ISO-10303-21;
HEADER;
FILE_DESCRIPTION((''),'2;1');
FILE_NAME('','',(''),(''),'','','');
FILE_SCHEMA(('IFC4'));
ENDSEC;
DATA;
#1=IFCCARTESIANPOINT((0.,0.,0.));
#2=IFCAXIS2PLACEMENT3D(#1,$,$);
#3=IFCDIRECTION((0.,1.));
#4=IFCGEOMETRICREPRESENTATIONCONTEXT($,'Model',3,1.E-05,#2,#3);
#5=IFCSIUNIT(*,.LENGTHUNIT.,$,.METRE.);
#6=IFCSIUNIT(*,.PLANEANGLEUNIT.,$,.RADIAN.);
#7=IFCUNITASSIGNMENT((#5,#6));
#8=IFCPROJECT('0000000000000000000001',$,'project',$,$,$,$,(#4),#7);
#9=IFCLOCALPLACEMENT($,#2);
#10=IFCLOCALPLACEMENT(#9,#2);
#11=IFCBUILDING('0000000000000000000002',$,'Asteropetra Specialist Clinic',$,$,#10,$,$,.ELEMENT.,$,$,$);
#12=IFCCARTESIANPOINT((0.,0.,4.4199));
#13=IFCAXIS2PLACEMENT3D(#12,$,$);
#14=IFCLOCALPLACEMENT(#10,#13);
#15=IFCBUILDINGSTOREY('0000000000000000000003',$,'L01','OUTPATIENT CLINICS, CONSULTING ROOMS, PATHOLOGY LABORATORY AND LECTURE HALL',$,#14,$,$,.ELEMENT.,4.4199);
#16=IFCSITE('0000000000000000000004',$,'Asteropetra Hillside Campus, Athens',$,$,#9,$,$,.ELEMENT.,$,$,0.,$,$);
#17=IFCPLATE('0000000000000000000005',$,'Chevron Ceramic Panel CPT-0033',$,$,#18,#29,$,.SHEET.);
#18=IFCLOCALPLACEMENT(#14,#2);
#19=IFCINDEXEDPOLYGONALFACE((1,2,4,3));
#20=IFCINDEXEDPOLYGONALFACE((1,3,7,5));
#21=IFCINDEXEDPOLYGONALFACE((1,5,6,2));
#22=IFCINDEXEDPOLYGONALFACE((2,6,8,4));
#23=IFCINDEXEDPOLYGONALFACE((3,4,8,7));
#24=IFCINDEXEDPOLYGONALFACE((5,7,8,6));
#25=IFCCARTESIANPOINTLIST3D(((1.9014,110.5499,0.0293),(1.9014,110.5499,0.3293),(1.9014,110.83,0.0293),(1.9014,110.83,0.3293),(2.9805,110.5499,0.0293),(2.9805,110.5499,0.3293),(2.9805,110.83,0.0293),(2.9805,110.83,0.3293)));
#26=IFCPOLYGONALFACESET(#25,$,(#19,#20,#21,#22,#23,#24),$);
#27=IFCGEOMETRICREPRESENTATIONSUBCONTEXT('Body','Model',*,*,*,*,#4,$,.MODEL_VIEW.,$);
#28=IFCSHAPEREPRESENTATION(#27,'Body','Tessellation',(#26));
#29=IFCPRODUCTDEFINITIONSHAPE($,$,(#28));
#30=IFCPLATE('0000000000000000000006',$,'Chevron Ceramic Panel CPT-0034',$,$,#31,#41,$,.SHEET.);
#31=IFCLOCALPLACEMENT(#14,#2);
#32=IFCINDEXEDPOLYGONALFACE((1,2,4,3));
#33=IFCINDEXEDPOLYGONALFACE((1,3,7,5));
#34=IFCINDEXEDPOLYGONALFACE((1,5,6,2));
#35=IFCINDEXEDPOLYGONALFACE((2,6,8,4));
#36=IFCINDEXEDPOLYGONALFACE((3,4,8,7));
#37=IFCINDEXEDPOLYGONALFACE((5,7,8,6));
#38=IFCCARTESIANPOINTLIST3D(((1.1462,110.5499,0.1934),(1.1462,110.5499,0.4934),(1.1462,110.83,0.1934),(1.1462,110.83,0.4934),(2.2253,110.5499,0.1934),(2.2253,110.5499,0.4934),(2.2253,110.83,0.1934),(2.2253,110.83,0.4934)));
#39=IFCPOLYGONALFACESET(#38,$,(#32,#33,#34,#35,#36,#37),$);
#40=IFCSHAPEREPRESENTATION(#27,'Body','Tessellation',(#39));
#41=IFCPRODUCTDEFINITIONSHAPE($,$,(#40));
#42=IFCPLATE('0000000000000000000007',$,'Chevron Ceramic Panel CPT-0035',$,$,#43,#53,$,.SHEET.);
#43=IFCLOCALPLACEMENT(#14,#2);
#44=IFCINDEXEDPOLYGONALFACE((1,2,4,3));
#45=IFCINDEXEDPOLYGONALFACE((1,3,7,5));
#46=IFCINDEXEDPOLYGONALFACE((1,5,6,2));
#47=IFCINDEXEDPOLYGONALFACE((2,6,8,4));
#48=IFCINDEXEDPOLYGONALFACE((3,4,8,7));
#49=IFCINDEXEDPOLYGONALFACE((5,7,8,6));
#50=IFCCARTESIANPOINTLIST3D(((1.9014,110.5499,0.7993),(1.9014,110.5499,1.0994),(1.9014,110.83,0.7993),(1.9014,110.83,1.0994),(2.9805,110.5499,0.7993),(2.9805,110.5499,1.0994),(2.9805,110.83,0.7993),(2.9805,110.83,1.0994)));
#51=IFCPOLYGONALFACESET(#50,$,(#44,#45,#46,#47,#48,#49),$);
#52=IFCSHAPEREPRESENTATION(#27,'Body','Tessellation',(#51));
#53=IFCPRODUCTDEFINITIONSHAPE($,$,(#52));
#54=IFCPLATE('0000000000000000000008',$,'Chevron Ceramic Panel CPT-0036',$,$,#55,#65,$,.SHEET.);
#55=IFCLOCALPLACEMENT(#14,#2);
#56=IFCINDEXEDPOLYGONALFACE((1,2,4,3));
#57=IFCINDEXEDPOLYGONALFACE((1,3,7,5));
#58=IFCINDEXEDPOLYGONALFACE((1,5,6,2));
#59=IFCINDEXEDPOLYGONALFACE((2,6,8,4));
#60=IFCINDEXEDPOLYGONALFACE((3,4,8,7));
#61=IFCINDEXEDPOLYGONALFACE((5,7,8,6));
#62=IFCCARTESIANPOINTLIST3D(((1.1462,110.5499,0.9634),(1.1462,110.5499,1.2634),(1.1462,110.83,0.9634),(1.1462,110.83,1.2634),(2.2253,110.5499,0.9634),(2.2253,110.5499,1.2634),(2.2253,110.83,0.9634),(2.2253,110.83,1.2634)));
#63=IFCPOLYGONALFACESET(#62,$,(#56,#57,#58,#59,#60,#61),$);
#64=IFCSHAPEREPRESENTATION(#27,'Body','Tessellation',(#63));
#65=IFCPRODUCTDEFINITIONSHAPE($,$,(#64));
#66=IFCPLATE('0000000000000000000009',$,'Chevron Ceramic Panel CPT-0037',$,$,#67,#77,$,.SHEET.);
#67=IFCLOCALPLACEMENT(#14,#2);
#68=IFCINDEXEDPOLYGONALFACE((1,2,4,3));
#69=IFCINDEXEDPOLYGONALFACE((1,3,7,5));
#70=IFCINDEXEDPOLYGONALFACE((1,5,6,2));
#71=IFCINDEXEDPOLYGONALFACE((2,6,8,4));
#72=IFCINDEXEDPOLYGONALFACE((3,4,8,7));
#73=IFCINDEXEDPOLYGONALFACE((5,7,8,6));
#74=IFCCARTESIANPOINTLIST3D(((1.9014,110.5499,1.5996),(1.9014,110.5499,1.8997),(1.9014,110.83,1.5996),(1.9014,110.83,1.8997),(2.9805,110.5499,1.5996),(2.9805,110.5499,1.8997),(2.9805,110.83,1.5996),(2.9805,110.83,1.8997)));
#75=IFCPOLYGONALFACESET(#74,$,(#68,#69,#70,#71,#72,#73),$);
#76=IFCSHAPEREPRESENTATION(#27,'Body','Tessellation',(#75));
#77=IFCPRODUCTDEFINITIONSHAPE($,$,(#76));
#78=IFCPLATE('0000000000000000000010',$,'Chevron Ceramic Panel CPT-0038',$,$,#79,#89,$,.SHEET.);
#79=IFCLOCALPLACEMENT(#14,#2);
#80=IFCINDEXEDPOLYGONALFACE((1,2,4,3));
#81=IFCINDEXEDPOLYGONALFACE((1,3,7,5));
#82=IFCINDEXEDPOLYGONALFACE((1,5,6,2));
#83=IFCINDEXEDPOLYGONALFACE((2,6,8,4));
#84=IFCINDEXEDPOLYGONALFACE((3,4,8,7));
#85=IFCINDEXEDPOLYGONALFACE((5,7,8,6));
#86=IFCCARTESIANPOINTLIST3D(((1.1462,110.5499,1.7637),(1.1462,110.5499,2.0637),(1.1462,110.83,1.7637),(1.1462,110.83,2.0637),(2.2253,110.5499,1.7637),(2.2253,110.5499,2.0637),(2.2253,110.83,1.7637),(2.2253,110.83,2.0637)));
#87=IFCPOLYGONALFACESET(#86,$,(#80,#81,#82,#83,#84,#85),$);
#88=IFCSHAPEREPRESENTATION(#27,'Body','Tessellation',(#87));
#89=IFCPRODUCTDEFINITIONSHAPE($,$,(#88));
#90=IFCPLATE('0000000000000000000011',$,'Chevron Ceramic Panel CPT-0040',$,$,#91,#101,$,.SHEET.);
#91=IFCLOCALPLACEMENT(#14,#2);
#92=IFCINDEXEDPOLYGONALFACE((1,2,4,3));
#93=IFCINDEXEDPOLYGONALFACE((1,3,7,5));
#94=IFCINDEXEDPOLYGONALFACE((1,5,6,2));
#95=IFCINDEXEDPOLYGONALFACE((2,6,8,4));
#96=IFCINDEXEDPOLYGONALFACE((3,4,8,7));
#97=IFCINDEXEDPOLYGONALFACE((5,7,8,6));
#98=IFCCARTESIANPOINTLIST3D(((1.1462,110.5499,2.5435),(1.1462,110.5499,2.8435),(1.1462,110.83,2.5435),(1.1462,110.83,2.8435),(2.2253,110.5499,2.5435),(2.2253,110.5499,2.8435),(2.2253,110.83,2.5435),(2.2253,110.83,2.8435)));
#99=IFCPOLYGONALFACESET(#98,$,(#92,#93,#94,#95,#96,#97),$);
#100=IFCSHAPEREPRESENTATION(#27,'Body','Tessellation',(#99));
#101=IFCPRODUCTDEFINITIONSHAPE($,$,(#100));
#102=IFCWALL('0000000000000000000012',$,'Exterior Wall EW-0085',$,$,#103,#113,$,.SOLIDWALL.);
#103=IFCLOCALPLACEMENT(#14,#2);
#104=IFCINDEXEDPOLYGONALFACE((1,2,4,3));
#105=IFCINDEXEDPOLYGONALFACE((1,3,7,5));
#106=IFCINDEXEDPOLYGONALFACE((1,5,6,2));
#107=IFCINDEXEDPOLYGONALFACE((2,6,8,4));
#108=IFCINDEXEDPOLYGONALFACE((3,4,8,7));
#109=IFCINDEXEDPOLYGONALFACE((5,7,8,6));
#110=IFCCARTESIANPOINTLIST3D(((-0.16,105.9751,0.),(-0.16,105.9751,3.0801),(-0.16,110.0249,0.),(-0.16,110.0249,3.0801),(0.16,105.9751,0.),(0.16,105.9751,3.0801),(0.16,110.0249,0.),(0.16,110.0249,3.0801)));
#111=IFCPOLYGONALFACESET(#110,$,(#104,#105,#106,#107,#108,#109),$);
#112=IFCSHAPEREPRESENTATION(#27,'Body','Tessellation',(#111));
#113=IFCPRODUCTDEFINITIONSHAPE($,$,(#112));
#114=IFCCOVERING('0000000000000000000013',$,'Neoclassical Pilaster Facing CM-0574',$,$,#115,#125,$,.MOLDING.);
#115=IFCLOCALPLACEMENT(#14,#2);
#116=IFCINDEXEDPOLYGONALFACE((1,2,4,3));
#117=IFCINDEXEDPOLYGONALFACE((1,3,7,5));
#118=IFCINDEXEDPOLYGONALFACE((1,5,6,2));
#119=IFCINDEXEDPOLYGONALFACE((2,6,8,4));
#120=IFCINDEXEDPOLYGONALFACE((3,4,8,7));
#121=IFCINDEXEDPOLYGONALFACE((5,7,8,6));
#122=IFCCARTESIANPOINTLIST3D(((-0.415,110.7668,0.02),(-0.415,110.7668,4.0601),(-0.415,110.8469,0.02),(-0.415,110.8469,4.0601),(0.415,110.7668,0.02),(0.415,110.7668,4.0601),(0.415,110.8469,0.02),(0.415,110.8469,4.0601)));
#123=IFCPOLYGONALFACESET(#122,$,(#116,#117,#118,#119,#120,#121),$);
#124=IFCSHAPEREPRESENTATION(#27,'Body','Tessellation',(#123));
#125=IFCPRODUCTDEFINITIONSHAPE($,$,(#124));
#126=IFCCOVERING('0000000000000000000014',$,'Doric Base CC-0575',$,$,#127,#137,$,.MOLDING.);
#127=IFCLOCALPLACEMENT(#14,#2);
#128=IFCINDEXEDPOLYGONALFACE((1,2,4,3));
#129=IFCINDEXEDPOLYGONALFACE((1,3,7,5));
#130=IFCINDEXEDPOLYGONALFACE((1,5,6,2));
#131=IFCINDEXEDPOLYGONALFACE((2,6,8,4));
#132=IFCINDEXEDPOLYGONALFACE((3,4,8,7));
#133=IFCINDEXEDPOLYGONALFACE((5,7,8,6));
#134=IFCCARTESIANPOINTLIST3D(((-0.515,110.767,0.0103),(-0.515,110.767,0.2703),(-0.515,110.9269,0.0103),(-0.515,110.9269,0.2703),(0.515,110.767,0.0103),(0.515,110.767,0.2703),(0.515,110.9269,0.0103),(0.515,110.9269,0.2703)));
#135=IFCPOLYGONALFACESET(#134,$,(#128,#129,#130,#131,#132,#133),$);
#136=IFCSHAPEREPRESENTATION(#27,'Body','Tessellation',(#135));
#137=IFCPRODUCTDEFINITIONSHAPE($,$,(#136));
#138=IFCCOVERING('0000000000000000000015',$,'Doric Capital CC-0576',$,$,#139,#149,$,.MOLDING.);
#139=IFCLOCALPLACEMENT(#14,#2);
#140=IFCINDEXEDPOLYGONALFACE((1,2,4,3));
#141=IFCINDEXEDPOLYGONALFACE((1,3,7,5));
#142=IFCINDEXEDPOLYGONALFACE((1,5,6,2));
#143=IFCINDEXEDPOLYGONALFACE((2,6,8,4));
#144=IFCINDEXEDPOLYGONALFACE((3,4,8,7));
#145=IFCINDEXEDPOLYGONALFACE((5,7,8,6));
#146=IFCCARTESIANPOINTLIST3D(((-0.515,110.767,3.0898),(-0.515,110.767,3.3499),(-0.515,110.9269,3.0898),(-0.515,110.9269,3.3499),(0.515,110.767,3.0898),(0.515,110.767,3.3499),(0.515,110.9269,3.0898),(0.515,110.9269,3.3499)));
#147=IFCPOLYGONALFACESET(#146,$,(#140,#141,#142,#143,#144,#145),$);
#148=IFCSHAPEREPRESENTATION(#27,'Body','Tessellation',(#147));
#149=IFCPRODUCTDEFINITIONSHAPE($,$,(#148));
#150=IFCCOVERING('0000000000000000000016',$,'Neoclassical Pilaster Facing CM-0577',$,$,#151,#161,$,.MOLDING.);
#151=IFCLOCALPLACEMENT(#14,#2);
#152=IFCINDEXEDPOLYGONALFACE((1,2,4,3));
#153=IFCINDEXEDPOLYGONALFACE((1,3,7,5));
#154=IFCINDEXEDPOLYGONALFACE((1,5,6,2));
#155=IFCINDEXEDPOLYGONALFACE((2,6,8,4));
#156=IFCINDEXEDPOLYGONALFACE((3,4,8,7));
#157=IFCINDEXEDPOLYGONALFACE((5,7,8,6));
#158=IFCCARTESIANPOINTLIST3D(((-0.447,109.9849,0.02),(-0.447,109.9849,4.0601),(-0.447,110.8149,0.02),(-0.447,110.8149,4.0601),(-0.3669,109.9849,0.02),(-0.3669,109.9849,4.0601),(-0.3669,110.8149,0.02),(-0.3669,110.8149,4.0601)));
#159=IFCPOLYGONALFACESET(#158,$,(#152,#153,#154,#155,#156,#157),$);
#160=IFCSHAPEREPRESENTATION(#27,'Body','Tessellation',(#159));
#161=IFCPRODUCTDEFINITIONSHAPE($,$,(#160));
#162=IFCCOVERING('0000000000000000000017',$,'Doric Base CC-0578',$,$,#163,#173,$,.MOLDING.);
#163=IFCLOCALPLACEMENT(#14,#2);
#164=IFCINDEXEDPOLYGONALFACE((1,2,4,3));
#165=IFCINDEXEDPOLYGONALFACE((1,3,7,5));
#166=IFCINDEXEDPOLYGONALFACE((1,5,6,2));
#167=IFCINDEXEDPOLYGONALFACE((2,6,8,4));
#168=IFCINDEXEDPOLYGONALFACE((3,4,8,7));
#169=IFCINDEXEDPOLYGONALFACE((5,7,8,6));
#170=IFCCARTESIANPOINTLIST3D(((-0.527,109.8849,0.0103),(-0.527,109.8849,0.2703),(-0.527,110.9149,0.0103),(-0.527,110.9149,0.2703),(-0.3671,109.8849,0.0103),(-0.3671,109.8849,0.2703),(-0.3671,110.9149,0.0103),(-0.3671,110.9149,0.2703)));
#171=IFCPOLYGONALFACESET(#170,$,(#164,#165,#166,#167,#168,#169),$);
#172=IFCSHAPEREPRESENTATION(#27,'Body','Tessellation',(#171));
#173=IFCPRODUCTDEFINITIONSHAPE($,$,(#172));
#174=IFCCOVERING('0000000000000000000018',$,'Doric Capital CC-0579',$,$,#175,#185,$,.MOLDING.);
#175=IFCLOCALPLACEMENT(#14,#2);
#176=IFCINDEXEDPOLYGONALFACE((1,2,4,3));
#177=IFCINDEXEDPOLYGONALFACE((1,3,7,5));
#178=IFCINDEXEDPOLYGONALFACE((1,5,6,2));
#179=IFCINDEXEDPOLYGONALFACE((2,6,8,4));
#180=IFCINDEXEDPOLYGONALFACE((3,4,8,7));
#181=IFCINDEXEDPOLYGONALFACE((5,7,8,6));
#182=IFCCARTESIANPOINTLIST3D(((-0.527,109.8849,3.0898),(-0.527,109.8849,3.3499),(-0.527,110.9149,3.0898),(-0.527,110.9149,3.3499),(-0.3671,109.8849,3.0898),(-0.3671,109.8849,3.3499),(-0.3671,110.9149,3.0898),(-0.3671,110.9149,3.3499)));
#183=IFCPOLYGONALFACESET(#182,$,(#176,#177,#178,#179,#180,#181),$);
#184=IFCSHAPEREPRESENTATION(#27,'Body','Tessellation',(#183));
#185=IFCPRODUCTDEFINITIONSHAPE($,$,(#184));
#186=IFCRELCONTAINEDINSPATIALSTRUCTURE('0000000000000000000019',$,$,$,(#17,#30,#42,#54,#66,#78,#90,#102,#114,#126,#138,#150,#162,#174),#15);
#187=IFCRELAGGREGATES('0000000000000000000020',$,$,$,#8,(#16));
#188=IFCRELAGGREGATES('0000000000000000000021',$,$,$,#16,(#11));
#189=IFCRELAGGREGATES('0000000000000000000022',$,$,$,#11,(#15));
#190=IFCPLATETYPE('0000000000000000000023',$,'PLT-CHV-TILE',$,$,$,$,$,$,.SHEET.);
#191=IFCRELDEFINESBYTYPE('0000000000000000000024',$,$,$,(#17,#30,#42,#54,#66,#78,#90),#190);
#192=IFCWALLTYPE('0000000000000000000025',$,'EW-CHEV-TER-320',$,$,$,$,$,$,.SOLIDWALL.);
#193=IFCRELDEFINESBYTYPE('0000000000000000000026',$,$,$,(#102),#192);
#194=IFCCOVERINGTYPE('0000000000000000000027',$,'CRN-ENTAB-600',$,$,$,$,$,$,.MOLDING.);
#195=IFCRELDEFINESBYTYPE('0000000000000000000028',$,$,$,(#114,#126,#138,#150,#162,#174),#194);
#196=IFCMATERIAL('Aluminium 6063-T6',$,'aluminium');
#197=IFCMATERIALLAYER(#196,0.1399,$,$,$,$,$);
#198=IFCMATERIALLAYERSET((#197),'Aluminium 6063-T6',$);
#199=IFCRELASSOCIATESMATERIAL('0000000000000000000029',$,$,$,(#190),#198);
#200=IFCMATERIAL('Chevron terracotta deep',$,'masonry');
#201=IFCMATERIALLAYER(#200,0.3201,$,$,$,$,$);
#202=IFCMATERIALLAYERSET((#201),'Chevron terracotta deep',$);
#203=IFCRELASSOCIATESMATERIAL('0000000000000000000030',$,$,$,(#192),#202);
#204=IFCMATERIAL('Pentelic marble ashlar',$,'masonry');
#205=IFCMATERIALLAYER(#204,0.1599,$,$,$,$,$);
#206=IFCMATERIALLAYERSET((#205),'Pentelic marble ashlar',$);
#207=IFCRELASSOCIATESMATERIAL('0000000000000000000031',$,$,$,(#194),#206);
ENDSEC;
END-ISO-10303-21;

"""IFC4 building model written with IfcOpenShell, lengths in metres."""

from ifc_helpers import new_model, si_unit, direction, frame, frame_2d, origin, origin_2d, place, context, subcontext, project, spatial, rectangle, extrude, material, layer, layer_set, type_object, element, save


model = new_model("IFC4")

# Units and contexts
model_context = context("Model", 3, precision=1e-05, world=origin(), true_north=direction((0.0, 1.0)))
body_context = subcontext(model_context, "Body", "Model", "MODEL_VIEW")
ifc_project = project(units=[si_unit("LENGTHUNIT", "METRE"), si_unit("PLANEANGLEUNIT", "RADIAN")], contexts=[model_context])

# Site, building, storey
site_placement = place(None, origin())
site = spatial("IfcSite", under=ifc_project, at=site_placement, Name="Asteropetra Hillside Campus, Athens", CompositionType="ELEMENT", RefElevation=0.0)
building_placement = place(site_placement, origin())
building = spatial("IfcBuilding", under=site, at=building_placement, Name="Asteropetra Specialist Clinic", CompositionType="ELEMENT")
storey_placement = place(building_placement, frame((0.0, 0.0, 4.4199)))
storey = spatial("IfcBuildingStorey", under=building, at=storey_placement, Name="L01", Description="OUTPATIENT CLINICS, CONSULTING ROOMS, PATHOLOGY LABORATORY AND LECTURE HALL", CompositionType="ELEMENT", Elevation=4.4199)

# Plates
ifc_material_1 = material(Name="Aluminium 6063-T6", Category="aluminium")
ifc_layer_1 = layer(ifc_material_1, 0.1399)
ifc_layer_set_1 = layer_set([ifc_layer_1], Name="Aluminium 6063-T6")
plate_type_1 = type_object("IfcPlateType", Name="PLT-CHV-TILE", PredefinedType="SHEET", material=ifc_layer_set_1)
for number, where, z_axis, x_axis, name in (
    (1, (2.4409, 110.6899, 0.0293), (0.0, 0.0, 1.0), (1.0, 0.0, 0.0), "Chevron Ceramic Panel CPT-0033"),
    (2, (1.6858, 110.6899, 0.1934), (0.0, 0.0, 1.0), (1.0, 0.0, 0.0), "Chevron Ceramic Panel CPT-0034"),
    (3, (2.4409, 110.6899, 0.7993), (0.0, 0.0, 1.0), (1.0, 0.0, 0.0), "Chevron Ceramic Panel CPT-0035"),
    (4, (1.6858, 110.6899, 0.9634), (0.0, 0.0, 1.0), (1.0, 0.0, 0.0), "Chevron Ceramic Panel CPT-0036"),
    (5, (2.4409, 110.6899, 1.5996), (0.0, 0.0, 1.0), (1.0, 0.0, 0.0), "Chevron Ceramic Panel CPT-0037"),
    (6, (1.6858, 110.6899, 1.7637), (0.0, 0.0, 1.0), (1.0, 0.0, 0.0), "Chevron Ceramic Panel CPT-0038"),
    (7, (1.6858, 110.6899, 2.5435), (0.0, 0.0, 1.0), (1.0, 0.0, 0.0), "Chevron Ceramic Panel CPT-0040"),
):
    element("IfcPlate", number, at=place(storey_placement, frame(where, z_axis=z_axis, x_axis=x_axis)), inside=storey, type_object=plate_type_1, Name=name, PredefinedType="SHEET", context=body_context, shape_type="SweptSolid", body=[
        extrude(rectangle(XDim=1.0791, YDim=0.28, at=origin_2d()), origin(), (0.0, 0.0, 1.0), 0.3),
    ])

# Wall
ifc_material_2 = material(Name="Chevron terracotta deep", Category="masonry")
ifc_layer_2 = layer(ifc_material_2, 0.3201)
ifc_layer_set_2 = layer_set([ifc_layer_2], Name="Chevron terracotta deep")
wall_type = type_object("IfcWallType", Name="EW-CHEV-TER-320", PredefinedType="SOLIDWALL", material=ifc_layer_set_2)
wall_placement = place(storey_placement, frame((0.0, 110.0249, 0.0), z_axis=(0.0, 0.0, 1.0), x_axis=(0.0, -1.0, 0.0)))
element("IfcWall", 8, at=wall_placement, inside=storey, type_object=wall_type, Name="Exterior Wall EW-0085", PredefinedType="SOLIDWALL", context=body_context, shape_type="SweptSolid", body=[
    extrude(rectangle(XDim=4.0498, YDim=0.3201, at=frame_2d((2.0249, 0.0))), origin(), (0.0, 0.0, 1.0), 3.0801),
])

# Coverings
ifc_material_3 = material(Name="Pentelic marble ashlar", Category="masonry")
ifc_layer_3 = layer(ifc_material_3, 0.1599)
ifc_layer_set_3 = layer_set([ifc_layer_3], Name="Pentelic marble ashlar")
covering_type = type_object("IfcCoveringType", Name="CRN-ENTAB-600", PredefinedType="MOLDING", material=ifc_layer_set_3)
covering_1_placement = place(storey_placement, frame((0.0, 110.8069, 0.02), z_axis=(0.0, 0.0, 1.0), x_axis=(1.0, 0.0, 0.0)))
element("IfcCovering", 9, at=covering_1_placement, inside=storey, type_object=covering_type, Name="Neoclassical Pilaster Facing CM-0574", PredefinedType="MOLDING", context=body_context, shape_type="SweptSolid", body=[
    extrude(rectangle(XDim=0.8301, YDim=0.0801, at=origin_2d()), origin(), (0.0, 0.0, 1.0), 4.04),
])
for number, where, z_axis, x_axis, name in (
    (10, (0.0, 110.8469, 0.0103), (0.0, 0.0, 1.0), (1.0, 0.0, 0.0), "Doric Base CC-0575"),
    (11, (0.0, 110.8469, 3.0898), (0.0, 0.0, 1.0), (1.0, 0.0, 0.0), "Doric Capital CC-0576"),
):
    element("IfcCovering", number, at=place(storey_placement, frame(where, z_axis=z_axis, x_axis=x_axis)), inside=storey, type_object=covering_type, Name=name, PredefinedType="MOLDING", context=body_context, shape_type="SweptSolid", body=[
        extrude(rectangle(XDim=1.03, YDim=0.1599, at=origin_2d()), origin(), (0.0, 0.0, 1.0), 0.26),
    ])
covering_2_placement = place(storey_placement, frame((-0.407, 110.3999, 0.02), z_axis=(0.0, 0.0, 1.0), x_axis=(1.0, 0.0, 0.0)))
element("IfcCovering", 12, at=covering_2_placement, inside=storey, type_object=covering_type, Name="Neoclassical Pilaster Facing CM-0577", PredefinedType="MOLDING", context=body_context, shape_type="SweptSolid", body=[
    extrude(rectangle(XDim=0.0801, YDim=0.8301, at=origin_2d()), origin(), (0.0, 0.0, 1.0), 4.04),
])
for number, where, z_axis, x_axis, name in (
    (13, (-0.447, 110.3999, 0.0103), (0.0, 0.0, 1.0), (1.0, 0.0, 0.0), "Doric Base CC-0578"),
    (14, (-0.447, 110.3999, 3.0898), (0.0, 0.0, 1.0), (1.0, 0.0, 0.0), "Doric Capital CC-0579"),
):
    element("IfcCovering", number, at=place(storey_placement, frame(where, z_axis=z_axis, x_axis=x_axis)), inside=storey, type_object=covering_type, Name=name, PredefinedType="MOLDING", context=body_context, shape_type="SweptSolid", body=[
        extrude(rectangle(XDim=0.1599, YDim=1.03, at=origin_2d()), origin(), (0.0, 0.0, 1.0), 0.26),
    ])

save(model, "model.ifc")
